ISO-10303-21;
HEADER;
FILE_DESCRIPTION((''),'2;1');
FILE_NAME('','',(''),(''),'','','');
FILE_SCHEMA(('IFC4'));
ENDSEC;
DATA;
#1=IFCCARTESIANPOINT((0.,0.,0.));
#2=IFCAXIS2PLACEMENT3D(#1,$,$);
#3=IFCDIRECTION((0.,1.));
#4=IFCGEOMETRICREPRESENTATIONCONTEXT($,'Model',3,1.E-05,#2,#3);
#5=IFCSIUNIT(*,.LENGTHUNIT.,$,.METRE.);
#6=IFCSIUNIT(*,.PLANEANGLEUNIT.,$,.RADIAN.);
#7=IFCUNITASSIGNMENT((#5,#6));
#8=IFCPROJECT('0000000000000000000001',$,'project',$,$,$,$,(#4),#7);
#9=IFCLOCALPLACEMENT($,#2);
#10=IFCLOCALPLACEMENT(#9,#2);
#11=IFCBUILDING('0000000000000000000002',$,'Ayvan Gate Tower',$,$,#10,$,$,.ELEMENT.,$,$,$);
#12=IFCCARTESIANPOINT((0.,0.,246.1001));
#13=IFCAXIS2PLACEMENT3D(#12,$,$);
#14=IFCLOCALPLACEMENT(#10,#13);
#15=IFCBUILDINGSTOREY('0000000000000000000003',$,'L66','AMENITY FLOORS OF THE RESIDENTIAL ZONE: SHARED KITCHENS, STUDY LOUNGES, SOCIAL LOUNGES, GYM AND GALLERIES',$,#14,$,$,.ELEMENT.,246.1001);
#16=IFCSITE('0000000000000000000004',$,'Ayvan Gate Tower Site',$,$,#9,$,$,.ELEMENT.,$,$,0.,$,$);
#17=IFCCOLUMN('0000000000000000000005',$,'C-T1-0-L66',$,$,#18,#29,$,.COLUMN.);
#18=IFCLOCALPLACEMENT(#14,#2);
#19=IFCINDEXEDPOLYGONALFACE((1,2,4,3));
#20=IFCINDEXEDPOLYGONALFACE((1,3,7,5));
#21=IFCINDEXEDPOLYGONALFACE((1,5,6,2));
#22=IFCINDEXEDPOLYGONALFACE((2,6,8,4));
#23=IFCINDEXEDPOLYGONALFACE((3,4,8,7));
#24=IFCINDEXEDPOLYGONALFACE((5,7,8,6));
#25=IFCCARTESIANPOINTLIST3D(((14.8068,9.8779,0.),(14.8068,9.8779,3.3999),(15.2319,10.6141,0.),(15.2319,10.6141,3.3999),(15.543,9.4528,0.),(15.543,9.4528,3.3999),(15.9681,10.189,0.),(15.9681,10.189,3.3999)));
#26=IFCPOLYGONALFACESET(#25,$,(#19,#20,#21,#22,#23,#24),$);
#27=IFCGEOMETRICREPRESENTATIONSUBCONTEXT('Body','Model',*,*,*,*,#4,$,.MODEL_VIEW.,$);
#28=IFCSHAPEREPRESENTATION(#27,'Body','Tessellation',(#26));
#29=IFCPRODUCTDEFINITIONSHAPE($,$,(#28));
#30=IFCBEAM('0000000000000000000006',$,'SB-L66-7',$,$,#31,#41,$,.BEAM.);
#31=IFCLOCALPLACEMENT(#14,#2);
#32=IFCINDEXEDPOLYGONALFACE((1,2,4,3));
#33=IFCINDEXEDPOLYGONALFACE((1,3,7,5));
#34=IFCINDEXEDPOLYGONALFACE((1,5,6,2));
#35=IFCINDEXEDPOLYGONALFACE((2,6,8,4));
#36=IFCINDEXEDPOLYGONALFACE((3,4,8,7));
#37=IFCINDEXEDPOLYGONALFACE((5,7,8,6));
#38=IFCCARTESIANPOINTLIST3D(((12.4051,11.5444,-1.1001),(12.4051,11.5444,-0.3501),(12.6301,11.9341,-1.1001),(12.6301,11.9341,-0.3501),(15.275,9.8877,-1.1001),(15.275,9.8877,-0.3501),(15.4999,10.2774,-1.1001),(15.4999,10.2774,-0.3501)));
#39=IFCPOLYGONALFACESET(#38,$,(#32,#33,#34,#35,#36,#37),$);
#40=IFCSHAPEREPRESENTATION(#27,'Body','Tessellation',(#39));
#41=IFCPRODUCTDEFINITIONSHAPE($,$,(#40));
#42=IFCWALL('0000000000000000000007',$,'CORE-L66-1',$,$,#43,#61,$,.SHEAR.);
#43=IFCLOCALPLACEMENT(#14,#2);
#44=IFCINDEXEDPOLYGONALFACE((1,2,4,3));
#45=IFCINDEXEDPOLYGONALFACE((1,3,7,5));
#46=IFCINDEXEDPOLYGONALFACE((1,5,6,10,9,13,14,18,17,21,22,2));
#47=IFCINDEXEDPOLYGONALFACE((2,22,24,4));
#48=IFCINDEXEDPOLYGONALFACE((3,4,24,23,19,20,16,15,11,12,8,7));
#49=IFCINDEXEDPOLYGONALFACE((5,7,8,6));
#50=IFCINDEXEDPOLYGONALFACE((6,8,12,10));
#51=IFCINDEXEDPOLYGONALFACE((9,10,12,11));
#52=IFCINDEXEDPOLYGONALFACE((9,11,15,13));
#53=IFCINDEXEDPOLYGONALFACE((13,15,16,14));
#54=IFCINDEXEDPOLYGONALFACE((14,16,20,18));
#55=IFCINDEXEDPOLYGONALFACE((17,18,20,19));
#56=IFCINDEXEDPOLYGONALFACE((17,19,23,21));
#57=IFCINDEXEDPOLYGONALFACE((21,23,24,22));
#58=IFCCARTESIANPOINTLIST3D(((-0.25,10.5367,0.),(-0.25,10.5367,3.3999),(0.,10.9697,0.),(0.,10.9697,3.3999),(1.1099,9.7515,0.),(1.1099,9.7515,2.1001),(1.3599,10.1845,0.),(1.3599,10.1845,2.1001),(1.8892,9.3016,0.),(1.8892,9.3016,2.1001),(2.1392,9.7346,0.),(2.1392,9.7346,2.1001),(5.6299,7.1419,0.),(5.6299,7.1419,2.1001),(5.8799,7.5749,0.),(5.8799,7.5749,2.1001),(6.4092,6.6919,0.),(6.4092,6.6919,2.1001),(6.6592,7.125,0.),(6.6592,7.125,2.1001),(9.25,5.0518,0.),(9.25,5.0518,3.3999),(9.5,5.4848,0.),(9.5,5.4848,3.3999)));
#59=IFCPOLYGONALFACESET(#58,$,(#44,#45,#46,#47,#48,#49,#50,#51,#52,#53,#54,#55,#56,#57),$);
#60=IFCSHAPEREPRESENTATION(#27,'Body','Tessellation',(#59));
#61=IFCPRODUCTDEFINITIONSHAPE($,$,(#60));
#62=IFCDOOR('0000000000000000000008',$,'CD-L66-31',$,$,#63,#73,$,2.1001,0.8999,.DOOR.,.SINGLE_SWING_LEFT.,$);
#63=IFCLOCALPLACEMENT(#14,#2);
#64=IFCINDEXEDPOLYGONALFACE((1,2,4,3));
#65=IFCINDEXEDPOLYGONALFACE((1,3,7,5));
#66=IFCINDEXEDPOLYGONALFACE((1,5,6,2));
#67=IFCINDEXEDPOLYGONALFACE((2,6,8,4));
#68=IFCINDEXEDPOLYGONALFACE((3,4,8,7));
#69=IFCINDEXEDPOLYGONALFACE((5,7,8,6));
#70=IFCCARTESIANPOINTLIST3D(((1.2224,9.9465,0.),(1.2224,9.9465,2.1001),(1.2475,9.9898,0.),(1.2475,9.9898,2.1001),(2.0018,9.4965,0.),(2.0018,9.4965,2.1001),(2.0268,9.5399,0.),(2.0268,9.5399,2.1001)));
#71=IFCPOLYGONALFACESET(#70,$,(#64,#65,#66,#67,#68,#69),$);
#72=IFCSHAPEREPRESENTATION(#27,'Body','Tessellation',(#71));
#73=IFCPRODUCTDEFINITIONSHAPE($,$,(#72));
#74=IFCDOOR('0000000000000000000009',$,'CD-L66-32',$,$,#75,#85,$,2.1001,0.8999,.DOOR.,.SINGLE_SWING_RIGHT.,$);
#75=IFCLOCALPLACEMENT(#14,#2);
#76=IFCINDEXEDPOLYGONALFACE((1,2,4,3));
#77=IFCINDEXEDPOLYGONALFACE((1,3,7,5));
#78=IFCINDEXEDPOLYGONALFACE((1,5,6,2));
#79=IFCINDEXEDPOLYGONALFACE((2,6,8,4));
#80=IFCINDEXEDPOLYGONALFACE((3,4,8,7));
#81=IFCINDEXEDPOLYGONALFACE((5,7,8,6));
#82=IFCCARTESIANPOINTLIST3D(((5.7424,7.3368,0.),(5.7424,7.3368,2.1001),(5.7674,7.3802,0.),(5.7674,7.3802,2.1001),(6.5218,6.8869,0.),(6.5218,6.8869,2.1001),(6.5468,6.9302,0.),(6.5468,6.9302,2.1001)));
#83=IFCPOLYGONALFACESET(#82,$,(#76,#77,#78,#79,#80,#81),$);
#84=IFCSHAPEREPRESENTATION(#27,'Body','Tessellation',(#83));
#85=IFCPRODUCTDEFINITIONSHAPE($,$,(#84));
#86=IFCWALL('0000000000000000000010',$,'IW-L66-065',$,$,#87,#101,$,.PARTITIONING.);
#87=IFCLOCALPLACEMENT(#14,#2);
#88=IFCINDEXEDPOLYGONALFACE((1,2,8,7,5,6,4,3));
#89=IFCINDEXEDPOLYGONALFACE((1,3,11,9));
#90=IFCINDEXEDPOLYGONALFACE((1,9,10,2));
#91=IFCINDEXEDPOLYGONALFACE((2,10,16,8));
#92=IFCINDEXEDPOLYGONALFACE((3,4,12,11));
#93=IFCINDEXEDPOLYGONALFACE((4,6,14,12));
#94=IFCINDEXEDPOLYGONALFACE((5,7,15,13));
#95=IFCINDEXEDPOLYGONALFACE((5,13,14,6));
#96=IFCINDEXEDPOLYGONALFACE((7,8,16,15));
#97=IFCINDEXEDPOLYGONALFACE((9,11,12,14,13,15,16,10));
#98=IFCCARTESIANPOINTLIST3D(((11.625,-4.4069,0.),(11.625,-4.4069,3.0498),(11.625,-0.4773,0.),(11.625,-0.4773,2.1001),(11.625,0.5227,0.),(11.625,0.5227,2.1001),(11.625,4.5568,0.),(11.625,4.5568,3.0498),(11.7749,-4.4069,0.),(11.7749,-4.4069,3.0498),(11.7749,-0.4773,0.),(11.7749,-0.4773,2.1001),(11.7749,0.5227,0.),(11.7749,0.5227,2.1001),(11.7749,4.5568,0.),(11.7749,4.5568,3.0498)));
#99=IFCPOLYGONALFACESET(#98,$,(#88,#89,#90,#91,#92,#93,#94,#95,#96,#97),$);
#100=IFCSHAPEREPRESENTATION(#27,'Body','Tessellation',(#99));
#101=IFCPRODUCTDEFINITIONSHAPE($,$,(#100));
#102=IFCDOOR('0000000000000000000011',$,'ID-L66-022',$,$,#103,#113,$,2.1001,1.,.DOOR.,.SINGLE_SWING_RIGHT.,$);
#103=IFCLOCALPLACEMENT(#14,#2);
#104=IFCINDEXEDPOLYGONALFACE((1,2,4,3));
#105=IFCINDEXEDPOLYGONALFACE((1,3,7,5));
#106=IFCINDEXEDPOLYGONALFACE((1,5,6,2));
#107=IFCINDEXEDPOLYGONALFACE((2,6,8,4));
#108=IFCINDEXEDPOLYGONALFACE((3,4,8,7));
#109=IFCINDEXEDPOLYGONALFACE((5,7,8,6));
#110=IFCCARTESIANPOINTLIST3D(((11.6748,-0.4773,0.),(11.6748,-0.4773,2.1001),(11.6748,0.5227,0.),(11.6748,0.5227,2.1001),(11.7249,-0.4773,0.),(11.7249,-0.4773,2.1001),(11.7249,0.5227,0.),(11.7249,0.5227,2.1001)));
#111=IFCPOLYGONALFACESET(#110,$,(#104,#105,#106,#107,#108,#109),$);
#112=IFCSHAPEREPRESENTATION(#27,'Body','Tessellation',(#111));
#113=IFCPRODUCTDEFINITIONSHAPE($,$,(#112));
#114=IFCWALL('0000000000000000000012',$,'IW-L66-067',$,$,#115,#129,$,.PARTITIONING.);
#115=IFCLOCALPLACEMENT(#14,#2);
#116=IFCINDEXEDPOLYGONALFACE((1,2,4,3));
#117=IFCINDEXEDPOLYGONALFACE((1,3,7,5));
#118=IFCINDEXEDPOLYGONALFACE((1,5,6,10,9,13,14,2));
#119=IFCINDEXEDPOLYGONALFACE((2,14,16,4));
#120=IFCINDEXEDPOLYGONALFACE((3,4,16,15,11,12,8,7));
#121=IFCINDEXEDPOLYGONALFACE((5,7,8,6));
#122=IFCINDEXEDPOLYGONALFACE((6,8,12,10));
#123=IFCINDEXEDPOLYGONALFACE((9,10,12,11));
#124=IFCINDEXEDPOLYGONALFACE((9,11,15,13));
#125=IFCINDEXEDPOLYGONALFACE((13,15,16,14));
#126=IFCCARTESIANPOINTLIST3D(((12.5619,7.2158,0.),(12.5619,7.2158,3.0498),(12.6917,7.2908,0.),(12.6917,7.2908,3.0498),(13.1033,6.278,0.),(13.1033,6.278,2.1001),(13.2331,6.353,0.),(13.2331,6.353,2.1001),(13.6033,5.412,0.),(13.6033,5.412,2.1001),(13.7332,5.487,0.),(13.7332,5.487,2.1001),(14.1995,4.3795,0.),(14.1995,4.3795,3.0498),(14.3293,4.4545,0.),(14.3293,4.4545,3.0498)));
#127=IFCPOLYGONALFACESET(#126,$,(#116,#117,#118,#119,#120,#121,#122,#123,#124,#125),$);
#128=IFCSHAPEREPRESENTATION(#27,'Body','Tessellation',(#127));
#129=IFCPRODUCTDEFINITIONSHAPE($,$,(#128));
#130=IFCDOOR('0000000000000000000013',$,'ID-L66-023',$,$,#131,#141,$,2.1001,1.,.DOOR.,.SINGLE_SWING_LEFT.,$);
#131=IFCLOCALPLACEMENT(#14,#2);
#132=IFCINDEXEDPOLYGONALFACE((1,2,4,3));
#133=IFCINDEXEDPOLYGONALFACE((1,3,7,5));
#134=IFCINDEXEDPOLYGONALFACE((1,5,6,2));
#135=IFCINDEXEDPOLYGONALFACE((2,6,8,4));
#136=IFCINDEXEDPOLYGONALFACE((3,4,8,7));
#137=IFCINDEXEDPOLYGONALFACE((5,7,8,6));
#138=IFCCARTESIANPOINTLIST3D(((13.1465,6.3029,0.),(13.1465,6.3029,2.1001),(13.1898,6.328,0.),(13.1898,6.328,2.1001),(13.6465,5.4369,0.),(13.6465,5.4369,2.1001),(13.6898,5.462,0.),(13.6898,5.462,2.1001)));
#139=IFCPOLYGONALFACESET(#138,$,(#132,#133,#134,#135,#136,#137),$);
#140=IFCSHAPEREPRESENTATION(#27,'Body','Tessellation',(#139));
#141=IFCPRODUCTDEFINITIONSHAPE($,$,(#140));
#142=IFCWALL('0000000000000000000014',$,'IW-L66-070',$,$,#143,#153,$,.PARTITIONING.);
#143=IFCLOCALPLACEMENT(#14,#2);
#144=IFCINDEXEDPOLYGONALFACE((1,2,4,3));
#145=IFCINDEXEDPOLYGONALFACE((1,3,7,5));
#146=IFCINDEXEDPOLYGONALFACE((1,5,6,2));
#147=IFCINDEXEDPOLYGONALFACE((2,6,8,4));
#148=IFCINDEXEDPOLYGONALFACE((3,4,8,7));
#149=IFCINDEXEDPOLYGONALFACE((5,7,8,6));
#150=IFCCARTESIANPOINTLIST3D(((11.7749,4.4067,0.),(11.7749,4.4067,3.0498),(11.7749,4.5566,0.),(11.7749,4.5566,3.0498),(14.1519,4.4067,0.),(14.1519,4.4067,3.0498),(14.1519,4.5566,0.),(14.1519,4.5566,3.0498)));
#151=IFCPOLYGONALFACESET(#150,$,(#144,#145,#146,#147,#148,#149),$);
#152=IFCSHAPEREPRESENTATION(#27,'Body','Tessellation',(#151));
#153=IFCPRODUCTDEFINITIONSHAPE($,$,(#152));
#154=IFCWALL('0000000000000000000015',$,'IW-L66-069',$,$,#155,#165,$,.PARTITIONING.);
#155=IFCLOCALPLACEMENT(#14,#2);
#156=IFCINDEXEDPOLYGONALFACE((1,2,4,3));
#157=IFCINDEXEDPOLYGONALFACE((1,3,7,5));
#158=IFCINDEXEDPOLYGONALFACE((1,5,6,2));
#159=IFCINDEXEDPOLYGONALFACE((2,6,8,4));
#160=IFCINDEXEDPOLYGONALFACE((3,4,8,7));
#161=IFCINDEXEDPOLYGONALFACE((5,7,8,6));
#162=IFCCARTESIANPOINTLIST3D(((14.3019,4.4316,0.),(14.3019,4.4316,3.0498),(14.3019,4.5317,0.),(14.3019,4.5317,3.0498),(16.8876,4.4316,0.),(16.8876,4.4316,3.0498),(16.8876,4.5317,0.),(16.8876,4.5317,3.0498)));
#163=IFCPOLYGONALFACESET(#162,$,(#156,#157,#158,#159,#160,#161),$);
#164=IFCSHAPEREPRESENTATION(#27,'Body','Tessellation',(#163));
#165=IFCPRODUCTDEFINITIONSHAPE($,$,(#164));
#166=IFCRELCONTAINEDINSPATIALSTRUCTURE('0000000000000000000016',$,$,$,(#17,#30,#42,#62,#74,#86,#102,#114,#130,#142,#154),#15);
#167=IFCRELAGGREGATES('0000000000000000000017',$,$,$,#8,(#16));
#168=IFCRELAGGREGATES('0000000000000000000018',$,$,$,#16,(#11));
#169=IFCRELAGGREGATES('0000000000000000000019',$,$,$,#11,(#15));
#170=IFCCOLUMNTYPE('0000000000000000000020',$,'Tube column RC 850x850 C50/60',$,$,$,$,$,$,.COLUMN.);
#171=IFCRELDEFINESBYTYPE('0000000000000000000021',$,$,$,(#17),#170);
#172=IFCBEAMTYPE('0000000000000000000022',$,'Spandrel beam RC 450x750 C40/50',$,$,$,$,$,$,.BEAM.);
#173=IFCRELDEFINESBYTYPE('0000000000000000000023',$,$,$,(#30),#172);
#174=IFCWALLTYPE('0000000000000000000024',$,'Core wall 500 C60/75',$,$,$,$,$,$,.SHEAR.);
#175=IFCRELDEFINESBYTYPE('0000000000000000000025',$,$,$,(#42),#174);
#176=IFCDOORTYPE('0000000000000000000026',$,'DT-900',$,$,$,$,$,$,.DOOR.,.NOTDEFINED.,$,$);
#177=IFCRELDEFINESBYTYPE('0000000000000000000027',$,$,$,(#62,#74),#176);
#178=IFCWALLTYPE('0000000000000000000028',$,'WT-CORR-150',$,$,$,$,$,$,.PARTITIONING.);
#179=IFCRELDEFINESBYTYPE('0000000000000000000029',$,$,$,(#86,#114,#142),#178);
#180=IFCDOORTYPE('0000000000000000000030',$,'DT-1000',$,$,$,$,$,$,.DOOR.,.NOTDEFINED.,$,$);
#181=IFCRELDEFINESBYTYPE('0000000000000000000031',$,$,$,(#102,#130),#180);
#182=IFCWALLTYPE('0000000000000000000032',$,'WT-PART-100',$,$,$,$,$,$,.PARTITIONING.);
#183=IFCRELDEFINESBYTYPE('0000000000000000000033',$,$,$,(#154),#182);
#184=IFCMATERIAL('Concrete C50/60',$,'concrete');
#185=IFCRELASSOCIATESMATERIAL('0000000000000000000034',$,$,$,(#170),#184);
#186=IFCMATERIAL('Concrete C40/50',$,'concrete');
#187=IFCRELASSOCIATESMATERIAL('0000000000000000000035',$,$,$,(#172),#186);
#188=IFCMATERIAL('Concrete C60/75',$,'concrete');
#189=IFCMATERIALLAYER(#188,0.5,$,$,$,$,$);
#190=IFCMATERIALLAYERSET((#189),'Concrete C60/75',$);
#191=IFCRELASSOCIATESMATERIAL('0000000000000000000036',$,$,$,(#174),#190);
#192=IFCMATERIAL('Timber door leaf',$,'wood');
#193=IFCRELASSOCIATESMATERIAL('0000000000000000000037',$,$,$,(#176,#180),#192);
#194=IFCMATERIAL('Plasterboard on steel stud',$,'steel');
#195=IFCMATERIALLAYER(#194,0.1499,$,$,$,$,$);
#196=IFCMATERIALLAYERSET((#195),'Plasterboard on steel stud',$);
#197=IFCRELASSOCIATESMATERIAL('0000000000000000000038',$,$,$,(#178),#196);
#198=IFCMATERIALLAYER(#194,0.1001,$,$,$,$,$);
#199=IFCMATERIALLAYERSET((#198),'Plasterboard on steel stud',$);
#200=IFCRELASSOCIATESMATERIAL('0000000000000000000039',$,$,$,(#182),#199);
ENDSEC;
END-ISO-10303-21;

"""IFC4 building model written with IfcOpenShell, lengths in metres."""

from ifc_helpers import new_model, si_unit, direction, frame, frame_2d, origin, origin_2d, place, context, subcontext, project, spatial, rectangle, extrude, material, layer, layer_set, material_profile, profile_set, type_object, element, fill, save


model = new_model("IFC4")

# Units and contexts
model_context = context("Model", 3, precision=1e-05, world=origin(), true_north=direction((0.0, 1.0)))
body_context = subcontext(model_context, "Body", "Model", "MODEL_VIEW")
ifc_project = project(units=[si_unit("LENGTHUNIT", "METRE"), si_unit("PLANEANGLEUNIT", "RADIAN")], contexts=[model_context])

# Site, building, storey
site_placement = place(None, origin())
site = spatial("IfcSite", under=ifc_project, at=site_placement, Name="Ayvan Gate Tower Site", CompositionType="ELEMENT", RefElevation=0.0)
building_placement = place(site_placement, origin())
building = spatial("IfcBuilding", under=site, at=building_placement, Name="Ayvan Gate Tower", CompositionType="ELEMENT")
storey_placement = place(building_placement, frame((0.0, 0.0, 246.1001)))
storey = spatial("IfcBuildingStorey", under=building, at=storey_placement, Name="L66", Description="AMENITY FLOORS OF THE RESIDENTIAL ZONE: SHARED KITCHENS, STUDY LOUNGES, SOCIAL LOUNGES, GYM AND GALLERIES", CompositionType="ELEMENT", Elevation=246.1001)

# Column
ifc_material_1 = material(Name="Concrete C50/60", Category="concrete")
ifc_material_profile_1 = material_profile(ifc_material_1, rectangle(XDim=0.8501, YDim=0.8501, at=origin_2d()), Name="RC 850x850")
ifc_profile_set_1 = profile_set([ifc_material_profile_1], Name="Concrete C50/60")
column_type = type_object("IfcColumnType", Name="Tube column RC 850x850 C50/60", PredefinedType="COLUMN", material=ifc_profile_set_1)
column_placement = place(storey_placement, frame((15.3875, 10.0334, 0.0), z_axis=(0.0, 0.0, 1.0), x_axis=(0.5, 0.866025, 0.0)))
element("IfcColumn", 1, at=column_placement, inside=storey, type_object=column_type, Name="C-T1-0-L66", PredefinedType="COLUMN", context=body_context, shape_type="SweptSolid", body=[
    extrude(rectangle(XDim=0.8501, YDim=0.8501, at=origin_2d()), origin(), (0.0, 0.0, 1.0), 3.3999),
])

# Beam
ifc_material_2 = material(Name="Concrete C40/50", Category="concrete")
ifc_material_profile_2 = material_profile(ifc_material_2, rectangle(XDim=0.45, YDim=0.75, at=origin_2d()), Name="RC 450x750")
ifc_profile_set_2 = profile_set([ifc_material_profile_2], Name="Concrete C40/50")
beam_type = type_object("IfcBeamType", Name="Spandrel beam RC 450x750 C40/50", PredefinedType="BEAM", material=ifc_profile_set_2)
beam_placement = place(storey_placement, frame((15.3875, 10.0825, -0.7251), z_axis=(-0.866049, 0.499958, 0.0), x_axis=(-0.499958, -0.866049, 0.0)))
element("IfcBeam", 2, at=beam_placement, inside=storey, type_object=beam_type, Name="SB-L66-7", PredefinedType="BEAM", context=body_context, shape_type="SweptSolid", body=[
    extrude(rectangle(XDim=0.45, YDim=0.75, at=origin_2d()), origin(), (0.0, 0.0, 1.0), 3.3137),
])

# Wall, openings, doors
ifc_material_3 = material(Name="Concrete C60/75", Category="concrete")
ifc_layer_1 = layer(ifc_material_3, 0.5)
ifc_layer_set_1 = layer_set([ifc_layer_1], Name="Concrete C60/75")
wall_type_1 = type_object("IfcWallType", Name="Core wall 500 C60/75", PredefinedType="SHEAR", material=ifc_layer_set_1)
wall_1_placement = place(storey_placement, frame((9.375, 5.2683, 0.0), z_axis=(0.0, 0.0, 1.0), x_axis=(-0.866024, 0.500002, 0.0)))
wall_1 = element("IfcWall", 3, at=wall_1_placement, inside=storey, type_object=wall_type_1, Name="CORE-L66-1", PredefinedType="SHEAR", context=body_context, shape_type="SweptSolid", body=[
    extrude(rectangle(XDim=10.9697, YDim=0.5, at=frame_2d((5.4849, 0.0))), origin(), (0.0, 0.0, 1.0), 3.3999),
])
opening_1_placement = place(wall_1_placement, frame((8.4995, 0.0, 0.0)))
opening_1 = element("IfcOpeningElement", 4, at=opening_1_placement, cuts=wall_1, PredefinedType="OPENING", context=body_context, shape_type="SweptSolid", body=[
    extrude(rectangle(XDim=0.8999, YDim=2.1001, at=frame_2d((0.45, 1.05))), frame((0.0, 0.26, 0.0), z_axis=(0.0, -1.0, 0.0), x_axis=(1.0, 0.0, 0.0)), (0.0, 0.0, 1.0), 0.52),
])
opening_2_placement = place(wall_1_placement, frame((3.2803, 0.0, 0.0)))
opening_2 = element("IfcOpeningElement", 5, at=opening_2_placement, cuts=wall_1, PredefinedType="OPENING", context=body_context, shape_type="SweptSolid", body=[
    extrude(rectangle(XDim=0.8999, YDim=2.1001, at=frame_2d((0.45, 1.05))), frame((0.0, 0.26, 0.0), z_axis=(0.0, -1.0, 0.0), x_axis=(1.0, 0.0, 0.0)), (0.0, 0.0, 1.0), 0.52),
])
ifc_material_4 = material(Name="Timber door leaf", Category="wood")
door_type_1 = type_object("IfcDoorType", Name="DT-900", OperationType="NOTDEFINED", PredefinedType="DOOR", material=ifc_material_4)
door_1_placement = place(opening_1_placement, origin())
door_1 = element("IfcDoor", 6, at=door_1_placement, inside=storey, type_object=door_type_1, Name="CD-L66-31", OperationType="SINGLE_SWING_LEFT", OverallHeight=2.1001, OverallWidth=0.8999, PredefinedType="DOOR", context=body_context, shape_type="SweptSolid", body=[
    extrude(rectangle(XDim=0.8999, YDim=2.1001, at=frame_2d((0.45, 1.05))), frame((0.0, 0.0249, 0.0), z_axis=(0.0, -1.0, 0.0), x_axis=(1.0, 0.0, 0.0)), (0.0, 0.0, 1.0), 0.05),
])
fill(opening_1, door_1)
door_2_placement = place(opening_2_placement, origin())
door_2 = element("IfcDoor", 7, at=door_2_placement, inside=storey, type_object=door_type_1, Name="CD-L66-32", OperationType="SINGLE_SWING_RIGHT", OverallHeight=2.1001, OverallWidth=0.8999, PredefinedType="DOOR", context=body_context, shape_type="SweptSolid", body=[
    extrude(rectangle(XDim=0.8999, YDim=2.1001, at=frame_2d((0.45, 1.05))), frame((0.0, 0.0249, 0.0), z_axis=(0.0, -1.0, 0.0), x_axis=(1.0, 0.0, 0.0)), (0.0, 0.0, 1.0), 0.05),
])
fill(opening_2, door_2)

# Walls, openings, doors
ifc_material_5 = material(Name="Plasterboard on steel stud", Category="steel")
ifc_layer_2 = layer(ifc_material_5, 0.1499)
ifc_layer_set_2 = layer_set([ifc_layer_2], Name="Plasterboard on steel stud")
wall_type_2 = type_object("IfcWallType", Name="WT-CORR-150", PredefinedType="PARTITIONING", material=ifc_layer_set_2)
wall_2_placement = place(storey_placement, frame((11.7, 4.5569, 0.0), z_axis=(0.0, 0.0, 1.0), x_axis=(0.0, -1.0, 0.0)))
wall_2 = element("IfcWall", 8, at=wall_2_placement, inside=storey, type_object=wall_type_2, Name="IW-L66-065", PredefinedType="PARTITIONING", context=body_context, shape_type="SweptSolid", body=[
    extrude(rectangle(XDim=8.9636, YDim=0.1499, at=frame_2d((4.4819, 0.0))), origin(), (0.0, 0.0, 1.0), 3.0498),
])
opening_3_placement = place(wall_2_placement, frame((4.0342, 0.0, 0.0)))
opening_3 = element("IfcOpeningElement", 9, at=opening_3_placement, cuts=wall_2, PredefinedType="OPENING", context=body_context, shape_type="SweptSolid", body=[
    extrude(rectangle(XDim=1.0, YDim=2.1001, at=frame_2d((0.5, 1.05))), frame((0.0, 0.085, 0.0), z_axis=(0.0, -1.0, 0.0), x_axis=(1.0, 0.0, 0.0)), (0.0, 0.0, 1.0), 0.1699),
])
door_type_2 = type_object("IfcDoorType", Name="DT-1000", OperationType="NOTDEFINED", PredefinedType="DOOR", material=ifc_material_4)
door_3_placement = place(opening_3_placement, origin())
door_3 = element("IfcDoor", 10, at=door_3_placement, inside=storey, type_object=door_type_2, Name="ID-L66-022", OperationType="SINGLE_SWING_RIGHT", OverallHeight=2.1001, OverallWidth=1.0, PredefinedType="DOOR", context=body_context, shape_type="SweptSolid", body=[
    extrude(rectangle(XDim=1.0, YDim=2.1001, at=frame_2d((0.5, 1.05))), frame((0.0, 0.0249, 0.0), z_axis=(0.0, -1.0, 0.0), x_axis=(1.0, 0.0, 0.0)), (0.0, 0.0, 1.0), 0.05),
])
fill(opening_3, door_3)
wall_3_placement = place(storey_placement, frame((12.6267, 7.2534, 0.0), z_axis=(0.0, 0.0, 1.0), x_axis=(0.500019, -0.866014, 0.0)))
wall_3 = element("IfcWall", 11, at=wall_3_placement, inside=storey, type_object=wall_type_2, Name="IW-L66-067", PredefinedType="PARTITIONING", context=body_context, shape_type="SweptSolid", body=[
    extrude(rectangle(XDim=3.2751, YDim=0.1499, at=frame_2d((1.6377, 0.0))), origin(), (0.0, 0.0, 1.0), 3.0498),
])
opening_4_placement = place(wall_3_placement, frame((1.083, 0.0, 0.0)))
opening_4 = element("IfcOpeningElement", 12, at=opening_4_placement, cuts=wall_3, PredefinedType="OPENING", context=body_context, shape_type="SweptSolid", body=[
    extrude(rectangle(XDim=1.0, YDim=2.1001, at=frame_2d((0.5, 1.05))), frame((0.0, 0.085, 0.0), z_axis=(0.0, -1.0, 0.0), x_axis=(1.0, 0.0, 0.0)), (0.0, 0.0, 1.0), 0.1699),
])
door_4_placement = place(opening_4_placement, origin())
door_4 = element("IfcDoor", 13, at=door_4_placement, inside=storey, type_object=door_type_2, Name="ID-L66-023", OperationType="SINGLE_SWING_LEFT", OverallHeight=2.1001, OverallWidth=1.0, PredefinedType="DOOR", context=body_context, shape_type="SweptSolid", body=[
    extrude(rectangle(XDim=1.0, YDim=2.1001, at=frame_2d((0.5, 1.05))), frame((0.0, 0.0249, 0.0), z_axis=(0.0, -1.0, 0.0), x_axis=(1.0, 0.0, 0.0)), (0.0, 0.0, 1.0), 0.05),
])
fill(opening_4, door_4)

# Walls
wall_4_placement = place(storey_placement, frame((14.1519, 4.4817, 0.0), z_axis=(0.0, 0.0, 1.0), x_axis=(-1.0, 0.0, 0.0)))
element("IfcWall", 14, at=wall_4_placement, inside=storey, type_object=wall_type_2, Name="IW-L66-070", PredefinedType="PARTITIONING", context=body_context, shape_type="SweptSolid", body=[
    extrude(rectangle(XDim=2.377, YDim=0.1499, at=frame_2d((1.1885, 0.0))), origin(), (0.0, 0.0, 1.0), 3.0498),
])
ifc_layer_3 = layer(ifc_material_5, 0.1001)
ifc_layer_set_3 = layer_set([ifc_layer_3], Name="Plasterboard on steel stud")
wall_type_3 = type_object("IfcWallType", Name="WT-PART-100", PredefinedType="PARTITIONING", material=ifc_layer_set_3)
wall_5_placement = place(storey_placement, frame((14.3018, 4.4817, 0.0), z_axis=(0.0, 0.0, 1.0), x_axis=(1.0, 0.0, 0.0)))
element("IfcWall", 15, at=wall_5_placement, inside=storey, type_object=wall_type_3, Name="IW-L66-069", PredefinedType="PARTITIONING", context=body_context, shape_type="SweptSolid", body=[
    extrude(rectangle(XDim=2.5857, YDim=0.1001, at=frame_2d((1.293, 0.0))), origin(), (0.0, 0.0, 1.0), 3.0498),
])

save(model, "model.ifc")
